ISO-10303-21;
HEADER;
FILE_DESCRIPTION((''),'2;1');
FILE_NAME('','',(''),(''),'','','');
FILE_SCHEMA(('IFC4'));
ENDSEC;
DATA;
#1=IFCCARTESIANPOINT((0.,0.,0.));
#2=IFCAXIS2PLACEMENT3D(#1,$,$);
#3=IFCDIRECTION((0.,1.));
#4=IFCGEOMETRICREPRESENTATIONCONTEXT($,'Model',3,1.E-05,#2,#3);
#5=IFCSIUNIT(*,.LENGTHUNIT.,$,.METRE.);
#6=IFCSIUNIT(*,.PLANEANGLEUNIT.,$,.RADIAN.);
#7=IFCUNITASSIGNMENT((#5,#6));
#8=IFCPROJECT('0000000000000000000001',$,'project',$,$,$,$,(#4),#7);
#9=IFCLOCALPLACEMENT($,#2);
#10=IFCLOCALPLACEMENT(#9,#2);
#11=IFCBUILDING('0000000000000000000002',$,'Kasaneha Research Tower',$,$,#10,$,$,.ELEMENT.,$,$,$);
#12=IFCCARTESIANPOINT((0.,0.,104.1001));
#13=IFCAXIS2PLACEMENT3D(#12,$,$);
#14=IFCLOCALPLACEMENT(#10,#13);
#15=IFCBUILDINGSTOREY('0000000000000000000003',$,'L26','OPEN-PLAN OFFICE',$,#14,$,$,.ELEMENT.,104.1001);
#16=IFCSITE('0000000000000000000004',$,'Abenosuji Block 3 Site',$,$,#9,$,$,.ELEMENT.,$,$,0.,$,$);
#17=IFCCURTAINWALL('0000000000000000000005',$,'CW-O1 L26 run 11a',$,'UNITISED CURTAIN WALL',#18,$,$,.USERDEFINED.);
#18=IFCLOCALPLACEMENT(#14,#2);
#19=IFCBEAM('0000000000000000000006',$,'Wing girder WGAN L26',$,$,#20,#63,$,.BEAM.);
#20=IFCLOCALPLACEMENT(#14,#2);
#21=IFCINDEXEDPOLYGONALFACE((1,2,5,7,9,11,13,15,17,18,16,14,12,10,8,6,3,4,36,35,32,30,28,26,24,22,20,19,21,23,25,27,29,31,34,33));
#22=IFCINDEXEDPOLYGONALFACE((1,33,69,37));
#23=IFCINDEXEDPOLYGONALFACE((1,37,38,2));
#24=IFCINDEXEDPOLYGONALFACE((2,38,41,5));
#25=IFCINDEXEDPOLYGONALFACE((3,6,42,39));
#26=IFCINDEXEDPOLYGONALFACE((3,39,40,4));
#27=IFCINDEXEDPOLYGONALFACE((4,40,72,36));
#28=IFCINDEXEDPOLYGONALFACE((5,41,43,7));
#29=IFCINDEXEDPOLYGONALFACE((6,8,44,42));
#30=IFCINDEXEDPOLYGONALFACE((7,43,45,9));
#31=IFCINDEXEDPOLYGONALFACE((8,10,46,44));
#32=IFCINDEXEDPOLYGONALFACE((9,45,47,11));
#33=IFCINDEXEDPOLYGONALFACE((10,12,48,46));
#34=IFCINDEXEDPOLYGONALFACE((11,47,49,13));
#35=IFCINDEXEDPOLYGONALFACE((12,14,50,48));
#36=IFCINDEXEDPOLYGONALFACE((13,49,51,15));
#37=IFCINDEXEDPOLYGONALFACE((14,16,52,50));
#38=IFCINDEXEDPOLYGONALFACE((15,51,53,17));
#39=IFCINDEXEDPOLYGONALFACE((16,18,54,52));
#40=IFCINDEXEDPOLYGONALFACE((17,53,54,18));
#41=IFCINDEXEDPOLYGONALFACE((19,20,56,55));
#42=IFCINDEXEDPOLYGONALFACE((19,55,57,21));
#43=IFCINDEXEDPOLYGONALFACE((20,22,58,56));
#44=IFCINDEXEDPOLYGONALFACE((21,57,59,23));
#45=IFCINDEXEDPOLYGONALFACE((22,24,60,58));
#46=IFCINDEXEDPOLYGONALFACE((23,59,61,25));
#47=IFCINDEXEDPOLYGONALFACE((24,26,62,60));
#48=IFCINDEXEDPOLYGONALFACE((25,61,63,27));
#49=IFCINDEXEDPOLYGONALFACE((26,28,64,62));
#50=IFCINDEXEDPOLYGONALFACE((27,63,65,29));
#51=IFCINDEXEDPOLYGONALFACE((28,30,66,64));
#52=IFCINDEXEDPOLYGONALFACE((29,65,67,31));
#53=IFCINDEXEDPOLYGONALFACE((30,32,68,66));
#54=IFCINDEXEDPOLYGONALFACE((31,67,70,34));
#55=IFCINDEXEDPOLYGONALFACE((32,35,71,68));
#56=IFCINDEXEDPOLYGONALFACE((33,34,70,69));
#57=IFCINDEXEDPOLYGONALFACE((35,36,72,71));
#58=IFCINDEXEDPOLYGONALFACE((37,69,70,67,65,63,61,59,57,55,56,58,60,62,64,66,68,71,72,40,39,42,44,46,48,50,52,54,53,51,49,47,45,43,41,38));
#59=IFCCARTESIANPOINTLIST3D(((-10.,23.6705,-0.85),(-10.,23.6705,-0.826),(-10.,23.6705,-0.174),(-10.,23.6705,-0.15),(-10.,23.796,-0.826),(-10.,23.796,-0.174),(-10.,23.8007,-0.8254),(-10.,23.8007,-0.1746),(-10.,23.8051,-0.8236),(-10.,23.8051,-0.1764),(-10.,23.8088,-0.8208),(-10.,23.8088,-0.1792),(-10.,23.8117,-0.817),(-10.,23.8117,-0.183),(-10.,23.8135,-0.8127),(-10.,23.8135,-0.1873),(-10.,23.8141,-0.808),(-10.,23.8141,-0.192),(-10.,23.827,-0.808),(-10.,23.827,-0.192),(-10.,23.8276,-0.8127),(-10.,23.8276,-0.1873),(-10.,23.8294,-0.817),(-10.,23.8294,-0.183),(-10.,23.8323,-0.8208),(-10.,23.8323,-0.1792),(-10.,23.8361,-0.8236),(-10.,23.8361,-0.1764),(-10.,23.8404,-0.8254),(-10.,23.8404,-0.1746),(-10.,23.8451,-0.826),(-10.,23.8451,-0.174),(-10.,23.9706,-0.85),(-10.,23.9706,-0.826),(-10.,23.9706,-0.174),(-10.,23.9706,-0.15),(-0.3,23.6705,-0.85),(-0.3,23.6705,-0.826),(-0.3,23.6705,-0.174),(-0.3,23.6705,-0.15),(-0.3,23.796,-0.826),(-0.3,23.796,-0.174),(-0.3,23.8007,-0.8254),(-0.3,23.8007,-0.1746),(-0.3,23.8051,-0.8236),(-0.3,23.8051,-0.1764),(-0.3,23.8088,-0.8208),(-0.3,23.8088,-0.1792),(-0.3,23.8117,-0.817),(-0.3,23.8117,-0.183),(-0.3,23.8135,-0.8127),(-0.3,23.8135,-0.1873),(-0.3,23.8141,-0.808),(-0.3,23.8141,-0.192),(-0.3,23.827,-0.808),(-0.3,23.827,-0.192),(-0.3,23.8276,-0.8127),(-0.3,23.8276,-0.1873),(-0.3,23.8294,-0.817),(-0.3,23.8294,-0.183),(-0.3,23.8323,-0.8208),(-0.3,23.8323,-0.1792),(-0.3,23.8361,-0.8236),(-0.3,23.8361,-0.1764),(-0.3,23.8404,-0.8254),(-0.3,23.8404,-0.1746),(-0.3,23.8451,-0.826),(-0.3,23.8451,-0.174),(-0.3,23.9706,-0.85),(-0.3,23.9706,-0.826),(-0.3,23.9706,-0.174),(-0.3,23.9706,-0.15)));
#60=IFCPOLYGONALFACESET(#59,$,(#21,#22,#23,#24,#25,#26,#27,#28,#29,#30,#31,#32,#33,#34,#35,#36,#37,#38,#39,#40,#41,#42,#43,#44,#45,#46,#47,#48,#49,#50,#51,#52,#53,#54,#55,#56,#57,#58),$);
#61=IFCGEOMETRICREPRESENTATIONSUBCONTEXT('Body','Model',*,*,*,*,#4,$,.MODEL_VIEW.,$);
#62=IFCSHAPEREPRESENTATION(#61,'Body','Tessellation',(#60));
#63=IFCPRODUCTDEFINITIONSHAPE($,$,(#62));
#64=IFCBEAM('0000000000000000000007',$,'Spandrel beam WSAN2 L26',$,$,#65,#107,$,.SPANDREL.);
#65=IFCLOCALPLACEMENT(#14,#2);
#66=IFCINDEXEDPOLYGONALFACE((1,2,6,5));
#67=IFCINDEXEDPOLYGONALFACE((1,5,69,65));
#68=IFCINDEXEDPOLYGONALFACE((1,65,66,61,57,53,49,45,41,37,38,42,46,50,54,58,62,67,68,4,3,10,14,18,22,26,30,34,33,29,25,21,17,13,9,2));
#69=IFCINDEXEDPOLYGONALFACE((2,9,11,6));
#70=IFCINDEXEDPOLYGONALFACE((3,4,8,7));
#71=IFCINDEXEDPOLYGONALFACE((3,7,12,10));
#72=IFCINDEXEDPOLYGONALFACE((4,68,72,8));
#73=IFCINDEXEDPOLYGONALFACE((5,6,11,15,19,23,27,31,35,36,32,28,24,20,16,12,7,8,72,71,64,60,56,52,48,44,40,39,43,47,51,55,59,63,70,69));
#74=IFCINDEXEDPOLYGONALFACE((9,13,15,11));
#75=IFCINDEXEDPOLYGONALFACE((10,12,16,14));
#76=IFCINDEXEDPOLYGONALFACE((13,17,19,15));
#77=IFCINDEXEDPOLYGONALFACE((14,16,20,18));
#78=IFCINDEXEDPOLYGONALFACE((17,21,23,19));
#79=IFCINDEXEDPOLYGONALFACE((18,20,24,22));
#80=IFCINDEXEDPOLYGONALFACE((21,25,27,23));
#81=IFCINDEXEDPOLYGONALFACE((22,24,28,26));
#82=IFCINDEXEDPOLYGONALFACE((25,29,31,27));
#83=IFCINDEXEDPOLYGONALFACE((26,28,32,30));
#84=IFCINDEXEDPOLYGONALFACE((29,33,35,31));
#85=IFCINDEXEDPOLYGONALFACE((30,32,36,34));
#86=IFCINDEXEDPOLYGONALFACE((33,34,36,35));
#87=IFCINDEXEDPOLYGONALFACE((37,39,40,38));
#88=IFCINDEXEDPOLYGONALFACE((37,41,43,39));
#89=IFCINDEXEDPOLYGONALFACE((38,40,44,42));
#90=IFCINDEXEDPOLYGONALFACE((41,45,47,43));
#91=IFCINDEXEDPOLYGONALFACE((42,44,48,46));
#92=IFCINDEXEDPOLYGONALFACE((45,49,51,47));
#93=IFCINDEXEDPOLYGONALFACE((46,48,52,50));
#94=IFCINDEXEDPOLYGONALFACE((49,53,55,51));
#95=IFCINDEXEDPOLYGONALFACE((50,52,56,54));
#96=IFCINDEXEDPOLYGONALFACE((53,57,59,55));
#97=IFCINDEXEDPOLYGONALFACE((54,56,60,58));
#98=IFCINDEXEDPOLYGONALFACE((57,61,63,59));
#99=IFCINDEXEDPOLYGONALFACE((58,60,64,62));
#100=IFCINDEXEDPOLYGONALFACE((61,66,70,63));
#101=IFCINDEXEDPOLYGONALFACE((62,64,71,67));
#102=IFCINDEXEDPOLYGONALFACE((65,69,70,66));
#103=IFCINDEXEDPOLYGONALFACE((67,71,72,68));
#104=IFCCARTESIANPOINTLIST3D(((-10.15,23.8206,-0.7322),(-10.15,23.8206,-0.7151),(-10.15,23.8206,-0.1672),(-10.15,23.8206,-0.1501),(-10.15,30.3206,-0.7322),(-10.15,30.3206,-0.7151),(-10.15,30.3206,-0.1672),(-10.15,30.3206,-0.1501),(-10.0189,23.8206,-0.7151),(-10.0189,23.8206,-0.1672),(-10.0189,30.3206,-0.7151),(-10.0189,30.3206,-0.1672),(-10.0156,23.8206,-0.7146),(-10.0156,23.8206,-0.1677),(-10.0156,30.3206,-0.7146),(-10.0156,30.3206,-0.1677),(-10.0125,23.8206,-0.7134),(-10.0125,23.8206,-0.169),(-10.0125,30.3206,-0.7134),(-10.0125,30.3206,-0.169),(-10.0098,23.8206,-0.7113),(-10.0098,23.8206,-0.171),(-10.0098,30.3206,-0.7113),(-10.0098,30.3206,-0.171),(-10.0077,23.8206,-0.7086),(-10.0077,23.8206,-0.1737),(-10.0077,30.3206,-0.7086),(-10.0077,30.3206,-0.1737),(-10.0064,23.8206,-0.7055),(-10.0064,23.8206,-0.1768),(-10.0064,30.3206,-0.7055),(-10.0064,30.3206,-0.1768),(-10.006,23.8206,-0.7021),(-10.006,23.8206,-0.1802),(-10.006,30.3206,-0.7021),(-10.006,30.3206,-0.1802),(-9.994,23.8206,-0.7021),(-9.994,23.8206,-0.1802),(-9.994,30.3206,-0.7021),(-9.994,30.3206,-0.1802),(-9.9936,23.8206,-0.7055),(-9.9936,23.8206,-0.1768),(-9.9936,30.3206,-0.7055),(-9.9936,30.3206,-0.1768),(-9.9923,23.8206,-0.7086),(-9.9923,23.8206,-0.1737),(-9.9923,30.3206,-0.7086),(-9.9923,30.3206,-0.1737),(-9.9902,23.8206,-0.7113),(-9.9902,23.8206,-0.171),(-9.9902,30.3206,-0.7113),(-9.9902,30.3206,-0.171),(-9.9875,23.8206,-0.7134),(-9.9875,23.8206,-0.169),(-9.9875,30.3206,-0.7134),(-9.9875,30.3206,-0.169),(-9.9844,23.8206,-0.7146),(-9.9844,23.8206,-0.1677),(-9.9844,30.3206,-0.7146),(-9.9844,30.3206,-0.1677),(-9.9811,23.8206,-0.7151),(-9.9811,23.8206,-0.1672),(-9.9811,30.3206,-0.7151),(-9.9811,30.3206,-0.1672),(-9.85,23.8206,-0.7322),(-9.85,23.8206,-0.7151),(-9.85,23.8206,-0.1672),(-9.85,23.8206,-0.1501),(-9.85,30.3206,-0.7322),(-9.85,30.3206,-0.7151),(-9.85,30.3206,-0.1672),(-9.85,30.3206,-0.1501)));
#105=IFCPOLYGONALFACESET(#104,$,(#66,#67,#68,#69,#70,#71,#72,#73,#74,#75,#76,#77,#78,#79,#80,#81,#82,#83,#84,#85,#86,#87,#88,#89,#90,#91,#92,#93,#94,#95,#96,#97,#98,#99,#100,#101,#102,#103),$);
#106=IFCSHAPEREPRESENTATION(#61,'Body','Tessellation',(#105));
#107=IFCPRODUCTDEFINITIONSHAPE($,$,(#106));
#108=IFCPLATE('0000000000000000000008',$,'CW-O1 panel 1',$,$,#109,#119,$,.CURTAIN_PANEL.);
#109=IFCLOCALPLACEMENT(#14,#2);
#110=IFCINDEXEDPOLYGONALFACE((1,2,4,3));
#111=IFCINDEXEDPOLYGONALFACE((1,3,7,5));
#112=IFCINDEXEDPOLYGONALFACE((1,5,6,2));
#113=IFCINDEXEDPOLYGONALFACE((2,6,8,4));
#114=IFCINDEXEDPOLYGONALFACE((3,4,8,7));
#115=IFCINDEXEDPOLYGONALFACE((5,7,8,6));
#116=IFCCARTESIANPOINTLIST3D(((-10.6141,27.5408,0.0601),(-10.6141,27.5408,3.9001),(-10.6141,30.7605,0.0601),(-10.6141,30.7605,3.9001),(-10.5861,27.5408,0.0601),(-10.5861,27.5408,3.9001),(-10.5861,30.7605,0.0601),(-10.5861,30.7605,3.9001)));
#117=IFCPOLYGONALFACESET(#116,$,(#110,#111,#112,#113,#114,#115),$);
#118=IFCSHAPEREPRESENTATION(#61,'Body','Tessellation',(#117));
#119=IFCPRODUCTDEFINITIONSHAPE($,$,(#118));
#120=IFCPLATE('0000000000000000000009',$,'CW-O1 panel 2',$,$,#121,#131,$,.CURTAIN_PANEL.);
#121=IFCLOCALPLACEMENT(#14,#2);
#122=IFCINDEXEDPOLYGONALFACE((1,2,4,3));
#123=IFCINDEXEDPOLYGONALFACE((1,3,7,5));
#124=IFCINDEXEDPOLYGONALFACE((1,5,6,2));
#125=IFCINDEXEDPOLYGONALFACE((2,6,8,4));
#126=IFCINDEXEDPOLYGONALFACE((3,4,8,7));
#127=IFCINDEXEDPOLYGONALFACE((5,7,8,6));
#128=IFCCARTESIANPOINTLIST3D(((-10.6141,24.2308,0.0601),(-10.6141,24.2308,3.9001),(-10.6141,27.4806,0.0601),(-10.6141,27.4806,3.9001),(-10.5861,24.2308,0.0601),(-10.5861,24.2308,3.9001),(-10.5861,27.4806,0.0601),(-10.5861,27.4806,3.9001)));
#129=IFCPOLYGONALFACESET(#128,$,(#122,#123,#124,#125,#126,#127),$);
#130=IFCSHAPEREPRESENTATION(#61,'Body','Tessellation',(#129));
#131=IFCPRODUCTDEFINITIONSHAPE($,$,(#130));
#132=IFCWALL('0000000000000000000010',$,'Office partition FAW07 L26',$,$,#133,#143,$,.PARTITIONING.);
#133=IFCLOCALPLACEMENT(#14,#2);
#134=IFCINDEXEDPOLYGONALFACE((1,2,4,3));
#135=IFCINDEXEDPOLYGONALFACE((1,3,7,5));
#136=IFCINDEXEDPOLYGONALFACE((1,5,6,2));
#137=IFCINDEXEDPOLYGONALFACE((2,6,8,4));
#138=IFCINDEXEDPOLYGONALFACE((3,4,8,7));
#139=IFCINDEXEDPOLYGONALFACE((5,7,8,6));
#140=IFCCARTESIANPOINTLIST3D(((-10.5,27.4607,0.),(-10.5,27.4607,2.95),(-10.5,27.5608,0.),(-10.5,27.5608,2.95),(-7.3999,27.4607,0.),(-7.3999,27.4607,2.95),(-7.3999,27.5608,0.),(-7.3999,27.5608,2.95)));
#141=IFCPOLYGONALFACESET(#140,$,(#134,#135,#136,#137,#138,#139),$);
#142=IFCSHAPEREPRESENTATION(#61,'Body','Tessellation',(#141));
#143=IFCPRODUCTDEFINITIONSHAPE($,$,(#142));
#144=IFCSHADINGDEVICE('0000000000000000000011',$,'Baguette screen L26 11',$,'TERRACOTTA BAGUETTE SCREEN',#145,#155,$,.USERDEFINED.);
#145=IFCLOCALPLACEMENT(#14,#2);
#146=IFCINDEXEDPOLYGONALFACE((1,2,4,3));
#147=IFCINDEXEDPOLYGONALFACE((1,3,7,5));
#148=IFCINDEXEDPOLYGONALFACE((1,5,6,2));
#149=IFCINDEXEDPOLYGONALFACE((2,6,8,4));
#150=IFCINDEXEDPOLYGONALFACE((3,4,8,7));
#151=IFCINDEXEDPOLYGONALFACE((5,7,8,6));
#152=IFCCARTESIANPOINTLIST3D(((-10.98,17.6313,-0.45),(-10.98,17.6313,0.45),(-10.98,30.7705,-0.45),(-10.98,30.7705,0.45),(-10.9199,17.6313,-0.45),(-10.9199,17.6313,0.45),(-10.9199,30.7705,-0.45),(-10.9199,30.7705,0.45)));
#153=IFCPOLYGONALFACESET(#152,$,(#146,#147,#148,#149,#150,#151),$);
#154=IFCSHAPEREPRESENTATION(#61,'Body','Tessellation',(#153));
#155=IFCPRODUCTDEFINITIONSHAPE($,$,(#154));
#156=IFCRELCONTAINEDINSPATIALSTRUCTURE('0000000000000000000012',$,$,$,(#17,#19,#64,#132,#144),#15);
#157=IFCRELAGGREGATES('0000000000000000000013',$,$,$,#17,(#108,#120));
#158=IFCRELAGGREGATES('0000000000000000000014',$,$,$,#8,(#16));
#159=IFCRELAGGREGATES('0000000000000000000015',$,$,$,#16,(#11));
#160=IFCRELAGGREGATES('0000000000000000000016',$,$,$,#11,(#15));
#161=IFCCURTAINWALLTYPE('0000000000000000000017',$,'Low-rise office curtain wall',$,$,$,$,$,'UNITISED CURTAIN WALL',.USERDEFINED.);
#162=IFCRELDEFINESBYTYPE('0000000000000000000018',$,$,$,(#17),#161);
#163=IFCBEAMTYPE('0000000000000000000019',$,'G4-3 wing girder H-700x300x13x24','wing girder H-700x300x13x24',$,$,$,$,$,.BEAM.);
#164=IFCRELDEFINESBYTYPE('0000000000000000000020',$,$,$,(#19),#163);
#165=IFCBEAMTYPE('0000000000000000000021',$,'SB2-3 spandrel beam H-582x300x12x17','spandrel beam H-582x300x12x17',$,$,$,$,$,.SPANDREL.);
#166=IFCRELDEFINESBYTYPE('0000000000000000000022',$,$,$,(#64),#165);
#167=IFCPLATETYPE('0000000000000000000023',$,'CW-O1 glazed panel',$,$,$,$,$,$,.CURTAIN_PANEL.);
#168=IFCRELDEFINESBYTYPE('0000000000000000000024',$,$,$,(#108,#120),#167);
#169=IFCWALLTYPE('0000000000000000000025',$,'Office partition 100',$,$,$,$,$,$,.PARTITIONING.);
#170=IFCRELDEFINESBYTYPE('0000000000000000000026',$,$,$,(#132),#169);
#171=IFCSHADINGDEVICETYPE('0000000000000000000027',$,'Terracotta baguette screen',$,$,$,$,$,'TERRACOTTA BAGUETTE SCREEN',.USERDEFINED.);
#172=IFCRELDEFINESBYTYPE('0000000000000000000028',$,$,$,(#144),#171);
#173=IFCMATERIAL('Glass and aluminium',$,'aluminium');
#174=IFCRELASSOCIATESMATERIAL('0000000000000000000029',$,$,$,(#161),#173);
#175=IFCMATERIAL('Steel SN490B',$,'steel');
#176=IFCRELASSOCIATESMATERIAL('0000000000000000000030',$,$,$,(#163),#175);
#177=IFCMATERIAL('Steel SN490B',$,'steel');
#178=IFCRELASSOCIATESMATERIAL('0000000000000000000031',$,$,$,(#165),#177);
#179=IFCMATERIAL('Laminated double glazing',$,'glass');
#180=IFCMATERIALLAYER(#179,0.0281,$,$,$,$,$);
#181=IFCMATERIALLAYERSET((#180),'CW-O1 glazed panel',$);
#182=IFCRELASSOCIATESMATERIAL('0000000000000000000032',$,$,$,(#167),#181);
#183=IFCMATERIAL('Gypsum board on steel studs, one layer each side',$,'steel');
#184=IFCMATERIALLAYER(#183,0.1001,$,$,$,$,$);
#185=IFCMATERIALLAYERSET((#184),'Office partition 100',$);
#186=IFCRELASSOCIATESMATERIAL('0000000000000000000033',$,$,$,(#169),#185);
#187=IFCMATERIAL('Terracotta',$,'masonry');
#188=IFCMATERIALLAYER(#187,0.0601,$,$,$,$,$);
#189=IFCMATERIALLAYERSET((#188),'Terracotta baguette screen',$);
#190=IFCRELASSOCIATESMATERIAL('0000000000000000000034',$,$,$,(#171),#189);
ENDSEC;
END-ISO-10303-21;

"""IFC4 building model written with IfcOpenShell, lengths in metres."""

from ifc_helpers import new_model, si_unit, direction, frame, frame_2d, origin, origin_2d, place, context, subcontext, project, spatial, rectangle, i_section, extrude, material, layer, layer_set, material_profile, profile_set, type_object, element, aggregate, save


model = new_model("IFC4")

# Units and contexts
model_context = context("Model", 3, precision=1e-05, world=origin(), true_north=direction((0.0, 1.0)))
body_context = subcontext(model_context, "Body", "Model", "MODEL_VIEW")
ifc_project = project(units=[si_unit("LENGTHUNIT", "METRE"), si_unit("PLANEANGLEUNIT", "RADIAN")], contexts=[model_context])

# Site, building, storey
site_placement = place(None, origin())
site = spatial("IfcSite", under=ifc_project, at=site_placement, Name="Abenosuji Block 3 Site", CompositionType="ELEMENT", RefElevation=0.0)
building_placement = place(site_placement, origin())
building = spatial("IfcBuilding", under=site, at=building_placement, Name="Kasaneha Research Tower", CompositionType="ELEMENT")
storey_placement = place(building_placement, frame((0.0, 0.0, 104.1001)))
storey = spatial("IfcBuildingStorey", under=building, at=storey_placement, Name="L26", Description="OPEN-PLAN OFFICE", CompositionType="ELEMENT", Elevation=104.1001)

# Shared definitions
ifc_material_1 = material(Name="Glass and aluminium", Category="aluminium")
curtain_wall_type = type_object("IfcCurtainWallType", Name="Low-rise office curtain wall", ElementType="UNITISED CURTAIN WALL", PredefinedType="USERDEFINED", material=ifc_material_1)

# Curtain wall
curtain_wall_1_placement = place(storey_placement, origin())
curtain_wall_1 = element("IfcCurtainWall", 1, at=curtain_wall_1_placement, inside=storey, type_object=curtain_wall_type, Name="CW-O1 L26 run 11a", ObjectType="UNITISED CURTAIN WALL", PredefinedType="USERDEFINED")

# Beams
ifc_material_2 = material(Name="Steel SN490B", Category="steel")
ifc_material_profile_1 = material_profile(ifc_material_2, i_section(OverallWidth=0.3, OverallDepth=0.7, WebThickness=0.0129, FlangeThickness=0.0239, FilletRadius=0.0181, at=origin_2d()), Name="H-700x300x13x24")
ifc_profile_set_1 = profile_set([ifc_material_profile_1], Name="Steel SN490B")
beam_type_1 = type_object("IfcBeamType", Name="G4-3 wing girder H-700x300x13x24", Description="wing girder H-700x300x13x24", PredefinedType="BEAM", material=ifc_profile_set_1)
beam_1_placement = place(storey_placement, frame((-10.0, 23.8206, -0.5), z_axis=(1.0, 0.0, 0.0), x_axis=(0.0, 1.0, 0.0)))
element("IfcBeam", 2, at=beam_1_placement, inside=storey, type_object=beam_type_1, Name="Wing girder WGAN L26", PredefinedType="BEAM", context=body_context, shape_type="SweptSolid", body=[
    extrude(i_section(OverallWidth=0.3, OverallDepth=0.7, WebThickness=0.0129, FlangeThickness=0.0239, FilletRadius=0.0181, at=origin_2d()), origin(), (0.0, 0.0, 1.0), 9.7),
])
ifc_material_3 = material(Name="Steel SN490B", Category="steel")
ifc_material_profile_2 = material_profile(ifc_material_3, i_section(OverallWidth=0.3, OverallDepth=0.582, WebThickness=0.012, FlangeThickness=0.0171, FilletRadius=0.0129, at=origin_2d()), Name="H-582x300x12x17")
ifc_profile_set_2 = profile_set([ifc_material_profile_2], Name="Steel SN490B")
beam_type_2 = type_object("IfcBeamType", Name="SB2-3 spandrel beam H-582x300x12x17", Description="spandrel beam H-582x300x12x17", PredefinedType="SPANDREL", material=ifc_profile_set_2)
beam_2_placement = place(storey_placement, frame((-10.0, 23.8206, -0.4412), z_axis=(0.0, 1.0, 0.0), x_axis=(-1.0, 0.0, 0.0)))
element("IfcBeam", 3, at=beam_2_placement, inside=storey, type_object=beam_type_2, Name="Spandrel beam WSAN2 L26", PredefinedType="SPANDREL", context=body_context, shape_type="SweptSolid", body=[
    extrude(i_section(OverallWidth=0.3, OverallDepth=0.582, WebThickness=0.012, FlangeThickness=0.0171, FilletRadius=0.0129, at=origin_2d()), origin(), (0.0, 0.0, 1.0), 6.5),
])

# Plates
ifc_material_4 = material(Name="Laminated double glazing", Category="glass")
ifc_layer_1 = layer(ifc_material_4, 0.0281)
ifc_layer_set_1 = layer_set([ifc_layer_1], Name="CW-O1 glazed panel")
plate_type = type_object("IfcPlateType", Name="CW-O1 glazed panel", PredefinedType="CURTAIN_PANEL", material=ifc_layer_set_1)
plate_1_placement = place(storey_placement, frame((-10.6001, 29.1506, 0.0601), z_axis=(0.0, 0.0, 1.0), x_axis=(0.0, -1.0, 0.0)))
plate_1 = element("IfcPlate", 4, at=plate_1_placement, type_object=plate_type, Name="CW-O1 panel 1", PredefinedType="CURTAIN_PANEL", context=body_context, shape_type="SweptSolid", body=[
    extrude(rectangle(XDim=3.2197, YDim=0.0281, at=origin_2d()), origin(), (0.0, 0.0, 1.0), 3.8401),
])
plate_2_placement = place(storey_placement, frame((-10.6001, 25.8557, 0.0601), z_axis=(0.0, 0.0, 1.0), x_axis=(0.0, -1.0, 0.0)))
plate_2 = element("IfcPlate", 5, at=plate_2_placement, type_object=plate_type, Name="CW-O1 panel 2", PredefinedType="CURTAIN_PANEL", context=body_context, shape_type="SweptSolid", body=[
    extrude(rectangle(XDim=3.2498, YDim=0.0281, at=origin_2d()), origin(), (0.0, 0.0, 1.0), 3.8401),
])
aggregate(curtain_wall_1, [plate_1, plate_2])

# Wall
ifc_material_5 = material(Name="Gypsum board on steel studs, one layer each side", Category="steel")
ifc_layer_2 = layer(ifc_material_5, 0.1001)
ifc_layer_set_2 = layer_set([ifc_layer_2], Name="Office partition 100")
wall_type = type_object("IfcWallType", Name="Office partition 100", PredefinedType="PARTITIONING", material=ifc_layer_set_2)
wall_placement = place(storey_placement, frame((-10.5, 27.5107, 0.0), z_axis=(0.0, 0.0, 1.0), x_axis=(1.0, 0.0, 0.0)))
element("IfcWall", 6, at=wall_placement, inside=storey, type_object=wall_type, Name="Office partition FAW07 L26", PredefinedType="PARTITIONING", context=body_context, shape_type="SweptSolid", body=[
    extrude(rectangle(XDim=3.1001, YDim=0.1001, at=frame_2d((1.55, 0.0))), origin(), (0.0, 0.0, 1.0), 2.95),
])

# Shading device
ifc_material_6 = material(Name="Terracotta", Category="masonry")
ifc_layer_3 = layer(ifc_material_6, 0.0601)
ifc_layer_set_3 = layer_set([ifc_layer_3], Name="Terracotta baguette screen")
shading_device_type = type_object("IfcShadingDeviceType", Name="Terracotta baguette screen", ElementType="TERRACOTTA BAGUETTE SCREEN", PredefinedType="USERDEFINED", material=ifc_layer_set_3)
shading_device_placement = place(storey_placement, frame((-10.95, 24.2009, -0.45), z_axis=(0.0, 0.0, 1.0), x_axis=(0.0, -1.0, 0.0)))
element("IfcShadingDevice", 7, at=shading_device_placement, inside=storey, type_object=shading_device_type, Name="Baguette screen L26 11", ObjectType="TERRACOTTA BAGUETTE SCREEN", PredefinedType="USERDEFINED", context=body_context, shape_type="SweptSolid", body=[
    extrude(rectangle(XDim=13.1392, YDim=0.0601, at=origin_2d()), origin(), (0.0, 0.0, 1.0), 0.8999),
])

save(model, "model.ifc")
